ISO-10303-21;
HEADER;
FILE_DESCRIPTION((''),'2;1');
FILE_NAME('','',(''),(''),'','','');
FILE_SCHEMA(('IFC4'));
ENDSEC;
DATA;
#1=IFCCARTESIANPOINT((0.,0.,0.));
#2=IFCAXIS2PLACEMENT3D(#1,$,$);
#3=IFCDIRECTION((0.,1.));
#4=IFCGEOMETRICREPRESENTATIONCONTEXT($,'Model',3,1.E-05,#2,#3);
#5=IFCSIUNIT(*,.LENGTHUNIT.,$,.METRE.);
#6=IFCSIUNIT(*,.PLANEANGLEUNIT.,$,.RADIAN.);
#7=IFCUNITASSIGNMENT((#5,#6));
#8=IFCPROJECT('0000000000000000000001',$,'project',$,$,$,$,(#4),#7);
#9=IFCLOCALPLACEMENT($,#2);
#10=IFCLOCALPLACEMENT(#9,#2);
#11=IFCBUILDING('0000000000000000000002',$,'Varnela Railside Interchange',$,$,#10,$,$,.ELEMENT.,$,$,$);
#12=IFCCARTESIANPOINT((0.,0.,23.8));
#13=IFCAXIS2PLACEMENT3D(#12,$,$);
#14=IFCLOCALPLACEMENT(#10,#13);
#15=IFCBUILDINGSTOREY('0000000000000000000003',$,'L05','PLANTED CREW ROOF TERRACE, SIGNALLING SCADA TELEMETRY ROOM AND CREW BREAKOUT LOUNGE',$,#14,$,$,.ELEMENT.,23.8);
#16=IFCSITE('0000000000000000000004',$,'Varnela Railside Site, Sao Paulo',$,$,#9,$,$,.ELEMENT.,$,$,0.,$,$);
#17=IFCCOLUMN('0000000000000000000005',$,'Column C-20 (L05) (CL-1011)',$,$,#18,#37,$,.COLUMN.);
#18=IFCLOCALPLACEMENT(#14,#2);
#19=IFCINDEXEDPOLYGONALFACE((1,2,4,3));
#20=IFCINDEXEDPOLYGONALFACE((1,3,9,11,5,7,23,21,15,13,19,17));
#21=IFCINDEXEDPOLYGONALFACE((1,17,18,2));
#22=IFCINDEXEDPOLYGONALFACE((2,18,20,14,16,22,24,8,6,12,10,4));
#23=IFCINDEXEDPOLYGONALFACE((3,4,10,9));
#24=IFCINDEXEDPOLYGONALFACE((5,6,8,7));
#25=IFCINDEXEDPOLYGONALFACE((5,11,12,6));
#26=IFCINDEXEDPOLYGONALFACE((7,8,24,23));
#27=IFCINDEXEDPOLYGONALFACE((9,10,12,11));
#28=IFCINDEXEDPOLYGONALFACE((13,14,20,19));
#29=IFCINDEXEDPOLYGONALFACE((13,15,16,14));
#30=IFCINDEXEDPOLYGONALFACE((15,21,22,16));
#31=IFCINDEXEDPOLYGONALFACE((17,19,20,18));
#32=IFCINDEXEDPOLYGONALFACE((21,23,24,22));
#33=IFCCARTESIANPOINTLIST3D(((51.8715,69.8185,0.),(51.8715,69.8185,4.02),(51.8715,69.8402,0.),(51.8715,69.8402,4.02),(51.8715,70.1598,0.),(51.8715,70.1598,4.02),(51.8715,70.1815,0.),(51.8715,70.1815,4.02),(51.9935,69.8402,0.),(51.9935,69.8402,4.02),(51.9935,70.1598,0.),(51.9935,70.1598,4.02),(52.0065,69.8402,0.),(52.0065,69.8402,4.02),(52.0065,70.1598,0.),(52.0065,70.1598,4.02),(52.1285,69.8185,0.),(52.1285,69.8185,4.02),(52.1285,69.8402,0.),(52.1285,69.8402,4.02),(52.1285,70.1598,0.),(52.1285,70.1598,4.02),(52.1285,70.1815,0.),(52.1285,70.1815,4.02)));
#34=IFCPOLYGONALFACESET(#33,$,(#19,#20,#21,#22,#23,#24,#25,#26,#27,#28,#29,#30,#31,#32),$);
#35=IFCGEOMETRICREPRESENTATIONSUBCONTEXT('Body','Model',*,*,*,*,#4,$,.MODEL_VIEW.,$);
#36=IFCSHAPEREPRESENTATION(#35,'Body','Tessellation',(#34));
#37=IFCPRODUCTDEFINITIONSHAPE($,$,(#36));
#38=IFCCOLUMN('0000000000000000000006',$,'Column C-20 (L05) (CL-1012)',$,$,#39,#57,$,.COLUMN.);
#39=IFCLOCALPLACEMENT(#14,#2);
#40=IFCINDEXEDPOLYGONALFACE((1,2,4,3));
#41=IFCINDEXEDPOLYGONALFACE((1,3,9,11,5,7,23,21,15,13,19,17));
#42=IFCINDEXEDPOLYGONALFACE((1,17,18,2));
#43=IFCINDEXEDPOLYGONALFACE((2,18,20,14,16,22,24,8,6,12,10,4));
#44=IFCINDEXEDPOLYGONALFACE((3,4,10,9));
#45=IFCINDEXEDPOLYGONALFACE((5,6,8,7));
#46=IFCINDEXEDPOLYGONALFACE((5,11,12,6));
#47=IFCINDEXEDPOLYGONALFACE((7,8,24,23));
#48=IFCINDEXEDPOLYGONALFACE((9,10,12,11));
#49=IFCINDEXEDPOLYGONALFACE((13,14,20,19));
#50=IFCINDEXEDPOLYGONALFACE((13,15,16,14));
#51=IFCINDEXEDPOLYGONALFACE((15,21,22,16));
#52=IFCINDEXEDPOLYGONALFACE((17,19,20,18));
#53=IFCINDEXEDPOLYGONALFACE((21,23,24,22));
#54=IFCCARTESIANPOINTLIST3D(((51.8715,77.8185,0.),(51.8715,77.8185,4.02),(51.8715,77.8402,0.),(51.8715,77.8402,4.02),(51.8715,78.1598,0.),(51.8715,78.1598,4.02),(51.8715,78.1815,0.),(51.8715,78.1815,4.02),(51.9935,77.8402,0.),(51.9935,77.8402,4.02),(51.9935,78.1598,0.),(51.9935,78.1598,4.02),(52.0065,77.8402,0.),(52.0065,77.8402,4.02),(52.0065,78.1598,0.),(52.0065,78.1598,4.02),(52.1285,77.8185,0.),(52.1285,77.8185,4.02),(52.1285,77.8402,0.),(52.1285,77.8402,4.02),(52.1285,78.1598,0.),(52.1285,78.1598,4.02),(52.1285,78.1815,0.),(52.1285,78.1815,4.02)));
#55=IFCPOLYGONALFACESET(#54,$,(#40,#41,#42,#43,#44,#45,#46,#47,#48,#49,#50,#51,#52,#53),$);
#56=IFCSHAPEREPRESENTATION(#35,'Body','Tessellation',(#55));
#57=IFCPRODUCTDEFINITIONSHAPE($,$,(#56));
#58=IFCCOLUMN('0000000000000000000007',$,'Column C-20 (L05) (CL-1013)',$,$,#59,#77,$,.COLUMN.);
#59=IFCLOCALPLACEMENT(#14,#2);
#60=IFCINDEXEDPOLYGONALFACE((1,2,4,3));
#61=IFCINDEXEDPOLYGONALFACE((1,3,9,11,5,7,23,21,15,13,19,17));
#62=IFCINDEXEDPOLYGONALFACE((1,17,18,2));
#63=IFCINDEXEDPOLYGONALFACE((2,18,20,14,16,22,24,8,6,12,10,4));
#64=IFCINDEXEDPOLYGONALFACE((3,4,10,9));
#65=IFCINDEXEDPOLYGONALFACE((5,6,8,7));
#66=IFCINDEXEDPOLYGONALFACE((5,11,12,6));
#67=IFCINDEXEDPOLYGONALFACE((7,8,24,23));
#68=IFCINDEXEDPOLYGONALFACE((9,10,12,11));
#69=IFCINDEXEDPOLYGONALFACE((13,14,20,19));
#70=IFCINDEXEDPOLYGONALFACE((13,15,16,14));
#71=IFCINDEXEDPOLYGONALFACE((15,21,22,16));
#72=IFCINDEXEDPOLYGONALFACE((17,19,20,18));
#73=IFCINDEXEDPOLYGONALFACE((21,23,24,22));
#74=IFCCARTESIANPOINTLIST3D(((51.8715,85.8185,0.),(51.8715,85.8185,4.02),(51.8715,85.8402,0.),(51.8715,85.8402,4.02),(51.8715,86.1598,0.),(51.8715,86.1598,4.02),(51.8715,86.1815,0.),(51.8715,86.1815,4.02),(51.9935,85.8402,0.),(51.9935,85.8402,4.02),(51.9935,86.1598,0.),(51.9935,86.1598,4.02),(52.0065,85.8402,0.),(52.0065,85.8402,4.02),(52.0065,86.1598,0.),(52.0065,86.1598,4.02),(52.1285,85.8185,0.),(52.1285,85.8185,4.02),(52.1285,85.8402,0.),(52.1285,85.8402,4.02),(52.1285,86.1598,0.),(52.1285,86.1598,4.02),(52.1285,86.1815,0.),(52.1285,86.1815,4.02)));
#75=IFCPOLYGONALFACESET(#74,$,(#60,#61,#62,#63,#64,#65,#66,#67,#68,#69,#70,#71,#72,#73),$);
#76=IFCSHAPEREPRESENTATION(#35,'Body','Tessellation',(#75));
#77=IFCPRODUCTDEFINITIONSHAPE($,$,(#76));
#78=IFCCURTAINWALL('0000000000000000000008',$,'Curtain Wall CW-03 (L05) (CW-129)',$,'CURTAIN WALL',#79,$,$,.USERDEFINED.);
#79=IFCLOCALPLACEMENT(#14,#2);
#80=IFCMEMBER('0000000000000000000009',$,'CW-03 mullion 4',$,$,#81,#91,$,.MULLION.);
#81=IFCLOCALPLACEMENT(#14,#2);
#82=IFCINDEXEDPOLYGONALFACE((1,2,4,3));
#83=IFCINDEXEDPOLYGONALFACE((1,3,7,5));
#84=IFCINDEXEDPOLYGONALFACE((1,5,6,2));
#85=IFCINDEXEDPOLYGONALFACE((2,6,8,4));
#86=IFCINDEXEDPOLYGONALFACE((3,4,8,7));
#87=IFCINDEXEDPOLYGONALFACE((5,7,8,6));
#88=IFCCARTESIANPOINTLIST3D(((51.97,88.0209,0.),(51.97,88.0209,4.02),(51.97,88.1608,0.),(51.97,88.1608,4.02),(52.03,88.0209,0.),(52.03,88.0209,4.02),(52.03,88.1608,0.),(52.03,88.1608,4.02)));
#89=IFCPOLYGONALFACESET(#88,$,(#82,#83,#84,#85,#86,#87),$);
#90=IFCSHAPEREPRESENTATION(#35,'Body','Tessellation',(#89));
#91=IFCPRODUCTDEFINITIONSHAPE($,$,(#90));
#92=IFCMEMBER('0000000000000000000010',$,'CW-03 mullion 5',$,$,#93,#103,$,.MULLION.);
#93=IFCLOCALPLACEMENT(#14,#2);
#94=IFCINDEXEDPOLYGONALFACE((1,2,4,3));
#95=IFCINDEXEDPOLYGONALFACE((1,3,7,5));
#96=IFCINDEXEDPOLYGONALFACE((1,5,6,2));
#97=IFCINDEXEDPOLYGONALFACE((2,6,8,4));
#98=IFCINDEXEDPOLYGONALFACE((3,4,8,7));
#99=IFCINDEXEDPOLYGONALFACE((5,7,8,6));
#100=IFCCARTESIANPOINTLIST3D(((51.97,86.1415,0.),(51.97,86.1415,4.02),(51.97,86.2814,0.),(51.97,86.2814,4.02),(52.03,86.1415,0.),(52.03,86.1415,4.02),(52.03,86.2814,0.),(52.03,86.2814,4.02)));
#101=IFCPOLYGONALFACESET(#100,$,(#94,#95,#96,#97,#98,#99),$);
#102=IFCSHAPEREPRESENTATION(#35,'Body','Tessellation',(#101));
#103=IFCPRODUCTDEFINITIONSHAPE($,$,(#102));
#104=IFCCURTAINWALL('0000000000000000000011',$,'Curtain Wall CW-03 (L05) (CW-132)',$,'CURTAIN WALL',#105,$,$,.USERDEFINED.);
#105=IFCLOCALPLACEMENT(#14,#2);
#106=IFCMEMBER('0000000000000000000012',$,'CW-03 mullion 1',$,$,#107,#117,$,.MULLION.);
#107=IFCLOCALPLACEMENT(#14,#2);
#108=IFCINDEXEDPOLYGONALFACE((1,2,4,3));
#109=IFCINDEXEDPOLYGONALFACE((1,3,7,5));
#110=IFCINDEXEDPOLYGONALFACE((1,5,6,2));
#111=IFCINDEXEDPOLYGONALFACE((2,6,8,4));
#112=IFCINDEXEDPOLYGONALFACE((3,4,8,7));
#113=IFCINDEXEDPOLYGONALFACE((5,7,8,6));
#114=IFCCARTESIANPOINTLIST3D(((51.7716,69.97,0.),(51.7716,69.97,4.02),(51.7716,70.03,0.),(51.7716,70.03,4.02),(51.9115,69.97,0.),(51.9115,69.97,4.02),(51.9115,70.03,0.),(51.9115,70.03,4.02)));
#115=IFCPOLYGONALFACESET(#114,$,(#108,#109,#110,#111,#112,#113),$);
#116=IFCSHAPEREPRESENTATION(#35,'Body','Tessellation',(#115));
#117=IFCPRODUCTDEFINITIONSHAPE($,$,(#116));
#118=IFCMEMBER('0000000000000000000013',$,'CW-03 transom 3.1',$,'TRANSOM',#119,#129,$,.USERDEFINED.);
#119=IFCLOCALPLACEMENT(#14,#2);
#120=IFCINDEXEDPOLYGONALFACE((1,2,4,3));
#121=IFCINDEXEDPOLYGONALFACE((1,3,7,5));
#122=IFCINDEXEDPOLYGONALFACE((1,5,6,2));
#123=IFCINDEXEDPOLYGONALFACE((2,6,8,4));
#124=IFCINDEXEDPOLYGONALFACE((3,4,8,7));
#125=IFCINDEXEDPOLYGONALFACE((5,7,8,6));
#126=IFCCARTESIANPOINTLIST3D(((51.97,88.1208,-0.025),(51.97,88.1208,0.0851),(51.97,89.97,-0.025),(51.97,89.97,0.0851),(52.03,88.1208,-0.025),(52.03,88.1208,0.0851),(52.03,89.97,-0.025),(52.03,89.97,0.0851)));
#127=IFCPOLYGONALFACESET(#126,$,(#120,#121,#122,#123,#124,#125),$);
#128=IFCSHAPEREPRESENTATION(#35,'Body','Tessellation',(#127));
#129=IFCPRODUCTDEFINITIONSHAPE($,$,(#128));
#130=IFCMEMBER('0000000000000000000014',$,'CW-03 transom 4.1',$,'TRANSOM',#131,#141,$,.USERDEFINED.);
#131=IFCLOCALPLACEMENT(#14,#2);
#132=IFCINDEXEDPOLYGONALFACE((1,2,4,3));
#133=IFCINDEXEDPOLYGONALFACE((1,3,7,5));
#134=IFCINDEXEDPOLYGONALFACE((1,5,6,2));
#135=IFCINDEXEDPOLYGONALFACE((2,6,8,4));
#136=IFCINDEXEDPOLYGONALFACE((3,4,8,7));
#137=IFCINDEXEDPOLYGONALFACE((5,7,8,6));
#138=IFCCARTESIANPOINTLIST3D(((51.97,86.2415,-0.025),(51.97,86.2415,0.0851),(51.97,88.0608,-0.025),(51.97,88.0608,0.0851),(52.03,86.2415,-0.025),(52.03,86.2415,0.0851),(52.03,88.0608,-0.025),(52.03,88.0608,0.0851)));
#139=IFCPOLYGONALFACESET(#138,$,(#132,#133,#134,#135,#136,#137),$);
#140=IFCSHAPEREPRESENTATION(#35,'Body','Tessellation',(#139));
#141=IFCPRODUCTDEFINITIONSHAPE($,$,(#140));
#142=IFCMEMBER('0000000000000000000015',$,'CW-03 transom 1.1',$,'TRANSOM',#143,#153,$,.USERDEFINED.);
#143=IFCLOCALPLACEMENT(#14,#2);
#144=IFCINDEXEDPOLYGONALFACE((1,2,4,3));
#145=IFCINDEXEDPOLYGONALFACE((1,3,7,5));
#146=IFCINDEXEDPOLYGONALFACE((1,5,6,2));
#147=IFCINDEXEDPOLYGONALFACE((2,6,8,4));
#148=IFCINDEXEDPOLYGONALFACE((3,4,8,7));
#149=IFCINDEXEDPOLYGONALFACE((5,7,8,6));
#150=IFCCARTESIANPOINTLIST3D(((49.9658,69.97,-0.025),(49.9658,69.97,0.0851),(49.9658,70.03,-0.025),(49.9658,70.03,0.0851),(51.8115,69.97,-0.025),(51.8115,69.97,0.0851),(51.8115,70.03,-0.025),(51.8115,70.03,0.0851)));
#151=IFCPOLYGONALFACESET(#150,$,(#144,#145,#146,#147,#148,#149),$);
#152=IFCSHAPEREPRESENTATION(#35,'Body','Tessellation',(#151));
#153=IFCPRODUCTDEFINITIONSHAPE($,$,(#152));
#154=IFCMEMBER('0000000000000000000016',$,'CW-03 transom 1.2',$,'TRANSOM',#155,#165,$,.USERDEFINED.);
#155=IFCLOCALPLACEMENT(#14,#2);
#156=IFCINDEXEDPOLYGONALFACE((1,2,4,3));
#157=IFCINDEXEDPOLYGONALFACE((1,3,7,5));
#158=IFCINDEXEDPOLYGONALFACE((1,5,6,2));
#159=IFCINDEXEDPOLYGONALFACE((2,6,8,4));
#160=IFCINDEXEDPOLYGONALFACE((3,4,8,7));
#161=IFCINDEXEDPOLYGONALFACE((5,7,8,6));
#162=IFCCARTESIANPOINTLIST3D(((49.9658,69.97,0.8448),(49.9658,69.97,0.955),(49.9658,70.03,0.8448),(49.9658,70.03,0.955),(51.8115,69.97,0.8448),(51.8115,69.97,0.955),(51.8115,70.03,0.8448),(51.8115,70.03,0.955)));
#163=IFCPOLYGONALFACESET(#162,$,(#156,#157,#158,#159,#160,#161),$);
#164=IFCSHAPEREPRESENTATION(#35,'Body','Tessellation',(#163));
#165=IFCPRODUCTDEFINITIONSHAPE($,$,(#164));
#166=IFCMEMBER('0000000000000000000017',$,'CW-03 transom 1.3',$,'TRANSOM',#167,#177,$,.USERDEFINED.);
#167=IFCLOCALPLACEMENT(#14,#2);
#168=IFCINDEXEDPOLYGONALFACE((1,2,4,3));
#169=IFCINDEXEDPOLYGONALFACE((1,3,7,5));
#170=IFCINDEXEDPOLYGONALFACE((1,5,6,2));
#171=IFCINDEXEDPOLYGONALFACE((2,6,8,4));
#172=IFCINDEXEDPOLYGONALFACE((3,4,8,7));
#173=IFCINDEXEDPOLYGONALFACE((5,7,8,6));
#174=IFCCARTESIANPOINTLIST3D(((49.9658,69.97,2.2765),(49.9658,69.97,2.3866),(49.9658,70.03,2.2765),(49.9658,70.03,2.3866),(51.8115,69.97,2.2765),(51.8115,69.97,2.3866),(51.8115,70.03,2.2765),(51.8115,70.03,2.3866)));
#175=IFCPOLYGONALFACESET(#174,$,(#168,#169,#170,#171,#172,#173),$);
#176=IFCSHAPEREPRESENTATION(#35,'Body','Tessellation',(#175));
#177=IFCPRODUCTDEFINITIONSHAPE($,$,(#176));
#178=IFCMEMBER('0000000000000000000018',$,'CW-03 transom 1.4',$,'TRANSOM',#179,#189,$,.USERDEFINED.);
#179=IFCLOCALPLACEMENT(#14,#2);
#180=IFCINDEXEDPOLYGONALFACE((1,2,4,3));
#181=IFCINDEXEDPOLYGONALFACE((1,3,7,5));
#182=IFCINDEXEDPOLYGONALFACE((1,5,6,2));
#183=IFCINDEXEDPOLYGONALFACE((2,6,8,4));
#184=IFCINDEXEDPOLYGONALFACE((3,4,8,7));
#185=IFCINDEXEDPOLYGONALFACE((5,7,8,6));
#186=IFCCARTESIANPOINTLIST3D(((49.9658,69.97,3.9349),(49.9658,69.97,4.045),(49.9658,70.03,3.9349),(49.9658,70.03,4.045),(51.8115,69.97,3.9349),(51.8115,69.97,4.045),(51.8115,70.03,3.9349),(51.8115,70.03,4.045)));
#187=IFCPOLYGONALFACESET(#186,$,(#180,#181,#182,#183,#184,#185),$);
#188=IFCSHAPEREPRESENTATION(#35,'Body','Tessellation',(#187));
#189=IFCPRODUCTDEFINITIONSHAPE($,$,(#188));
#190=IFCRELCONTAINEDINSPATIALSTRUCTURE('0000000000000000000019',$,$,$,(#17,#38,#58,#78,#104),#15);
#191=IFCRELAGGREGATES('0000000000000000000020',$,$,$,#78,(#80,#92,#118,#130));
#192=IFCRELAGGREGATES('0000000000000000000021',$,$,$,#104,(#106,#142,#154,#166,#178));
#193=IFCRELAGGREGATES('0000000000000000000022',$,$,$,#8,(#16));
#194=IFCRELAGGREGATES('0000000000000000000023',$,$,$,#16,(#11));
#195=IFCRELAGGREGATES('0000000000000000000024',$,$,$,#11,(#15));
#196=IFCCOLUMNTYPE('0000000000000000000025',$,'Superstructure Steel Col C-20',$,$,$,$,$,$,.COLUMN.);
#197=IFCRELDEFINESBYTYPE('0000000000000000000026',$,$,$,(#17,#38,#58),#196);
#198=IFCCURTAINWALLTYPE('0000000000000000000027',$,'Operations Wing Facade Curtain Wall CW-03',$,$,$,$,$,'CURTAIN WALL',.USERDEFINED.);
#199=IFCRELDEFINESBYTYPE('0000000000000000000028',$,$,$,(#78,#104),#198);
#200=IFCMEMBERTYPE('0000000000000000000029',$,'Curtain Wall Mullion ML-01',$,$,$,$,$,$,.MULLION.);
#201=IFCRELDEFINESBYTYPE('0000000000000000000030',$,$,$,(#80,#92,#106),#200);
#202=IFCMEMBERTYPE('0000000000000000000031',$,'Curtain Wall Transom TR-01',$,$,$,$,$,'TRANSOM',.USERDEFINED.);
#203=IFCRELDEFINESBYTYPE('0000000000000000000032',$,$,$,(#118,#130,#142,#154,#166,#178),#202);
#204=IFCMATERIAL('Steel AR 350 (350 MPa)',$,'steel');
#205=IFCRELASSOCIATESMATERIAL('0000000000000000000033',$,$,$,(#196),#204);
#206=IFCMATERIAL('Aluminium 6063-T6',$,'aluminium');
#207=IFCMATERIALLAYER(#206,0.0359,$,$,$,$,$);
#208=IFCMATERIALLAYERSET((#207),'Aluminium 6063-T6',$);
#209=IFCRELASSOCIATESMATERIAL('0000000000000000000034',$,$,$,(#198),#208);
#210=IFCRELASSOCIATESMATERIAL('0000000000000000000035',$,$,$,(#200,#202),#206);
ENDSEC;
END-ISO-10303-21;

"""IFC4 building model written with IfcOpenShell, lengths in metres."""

from ifc_helpers import new_model, si_unit, direction, frame, origin, origin_2d, place, context, subcontext, project, spatial, rectangle, i_section, extrude, material, layer, layer_set, material_profile, profile_set, type_object, element, aggregate, save


model = new_model("IFC4")

# Units and contexts
model_context = context("Model", 3, precision=1e-05, world=origin(), true_north=direction((0.0, 1.0)))
body_context = subcontext(model_context, "Body", "Model", "MODEL_VIEW")
ifc_project = project(units=[si_unit("LENGTHUNIT", "METRE"), si_unit("PLANEANGLEUNIT", "RADIAN")], contexts=[model_context])

# Site, building, storey
site_placement = place(None, origin())
site = spatial("IfcSite", under=ifc_project, at=site_placement, Name="Varnela Railside Site, Sao Paulo", CompositionType="ELEMENT", RefElevation=0.0)
building_placement = place(site_placement, origin())
building = spatial("IfcBuilding", under=site, at=building_placement, Name="Varnela Railside Interchange", CompositionType="ELEMENT")
storey_placement = place(building_placement, frame((0.0, 0.0, 23.8)))
storey = spatial("IfcBuildingStorey", under=building, at=storey_placement, Name="L05", Description="PLANTED CREW ROOF TERRACE, SIGNALLING SCADA TELEMETRY ROOM AND CREW BREAKOUT LOUNGE", CompositionType="ELEMENT", Elevation=23.8)

# Columns
ifc_material_1 = material(Name="Steel AR 350 (350 MPa)", Category="steel")
ifc_material_profile_1 = material_profile(ifc_material_1, i_section(OverallWidth=0.2571, OverallDepth=0.363, WebThickness=0.0129, FlangeThickness=0.0217, at=origin_2d()), Name="W360x122")
ifc_profile_set_1 = profile_set([ifc_material_profile_1], Name="Steel AR 350 (350 MPa)")
column_type = type_object("IfcColumnType", Name="Superstructure Steel Col C-20", PredefinedType="COLUMN", material=ifc_profile_set_1)
for number, where, z_axis, x_axis, name in (
    (1, (52.0, 70.0, 0.0), (0.0, 0.0, 1.0), (1.0, 0.0, 0.0), "Column C-20 (L05) (CL-1011)"),
    (2, (52.0, 78.0, 0.0), (0.0, 0.0, 1.0), (1.0, 0.0, 0.0), "Column C-20 (L05) (CL-1012)"),
    (3, (52.0, 86.0, 0.0), (0.0, 0.0, 1.0), (1.0, 0.0, 0.0), "Column C-20 (L05) (CL-1013)"),
):
    element("IfcColumn", number, at=place(storey_placement, frame(where, z_axis=z_axis, x_axis=x_axis)), inside=storey, type_object=column_type, Name=name, PredefinedType="COLUMN", context=body_context, shape_type="SweptSolid", body=[
        extrude(i_section(OverallWidth=0.2571, OverallDepth=0.363, WebThickness=0.0129, FlangeThickness=0.0217, at=origin_2d()), origin(), (0.0, 0.0, 1.0), 4.02),
    ])

# Curtain wall, members
ifc_material_2 = material(Name="Aluminium 6063-T6", Category="aluminium")
ifc_layer_1 = layer(ifc_material_2, 0.0359)
ifc_layer_set_1 = layer_set([ifc_layer_1], Name="Aluminium 6063-T6")
curtain_wall_type = type_object("IfcCurtainWallType", Name="Operations Wing Facade Curtain Wall CW-03", ElementType="CURTAIN WALL", PredefinedType="USERDEFINED", material=ifc_layer_set_1)
curtain_wall_1_placement = place(storey_placement, origin())
curtain_wall_1 = element("IfcCurtainWall", 4, at=curtain_wall_1_placement, inside=storey, type_object=curtain_wall_type, Name="Curtain Wall CW-03 (L05) (CW-129)", ObjectType="CURTAIN WALL", PredefinedType="USERDEFINED")
ifc_material_profile_2 = material_profile(ifc_material_2, rectangle(XDim=0.0601, YDim=0.1399, at=origin_2d()), Name="ALU 60x140")
ifc_profile_set_2 = profile_set([ifc_material_profile_2], Name="Aluminium 6063-T6")
member_type_1 = type_object("IfcMemberType", Name="Curtain Wall Mullion ML-01", PredefinedType="MULLION", material=ifc_profile_set_2)
member_1_placement = place(storey_placement, frame((52.0, 88.0908, 0.0), z_axis=(0.0, 0.0, 1.0), x_axis=(1.0, 0.0, 0.0)))
member_1 = element("IfcMember", 5, at=member_1_placement, type_object=member_type_1, Name="CW-03 mullion 4", PredefinedType="MULLION", context=body_context, shape_type="SweptSolid", body=[
    extrude(rectangle(XDim=0.0601, YDim=0.1399, at=origin_2d()), origin(), (0.0, 0.0, 1.0), 4.02),
])
member_2_placement = place(storey_placement, frame((52.0, 86.2114, 0.0), z_axis=(0.0, 0.0, 1.0), x_axis=(1.0, 0.0, 0.0)))
member_2 = element("IfcMember", 6, at=member_2_placement, type_object=member_type_1, Name="CW-03 mullion 5", PredefinedType="MULLION", context=body_context, shape_type="SweptSolid", body=[
    extrude(rectangle(XDim=0.0601, YDim=0.1399, at=origin_2d()), origin(), (0.0, 0.0, 1.0), 4.02),
])

# Curtain wall, member
curtain_wall_2_placement = place(storey_placement, origin())
curtain_wall_2 = element("IfcCurtainWall", 7, at=curtain_wall_2_placement, inside=storey, type_object=curtain_wall_type, Name="Curtain Wall CW-03 (L05) (CW-132)", ObjectType="CURTAIN WALL", PredefinedType="USERDEFINED")
member_3_placement = place(storey_placement, frame((51.8416, 70.0, 0.0), z_axis=(0.0, 0.0, 1.0), x_axis=(0.0, -1.0, 0.0)))
member_3 = element("IfcMember", 8, at=member_3_placement, type_object=member_type_1, Name="CW-03 mullion 1", PredefinedType="MULLION", context=body_context, shape_type="SweptSolid", body=[
    extrude(rectangle(XDim=0.0601, YDim=0.1399, at=origin_2d()), origin(), (0.0, 0.0, 1.0), 4.02),
])

# Members
ifc_material_profile_3 = material_profile(ifc_material_2, rectangle(XDim=0.0601, YDim=0.1101, at=origin_2d()), Name="ALU 60x110")
ifc_profile_set_3 = profile_set([ifc_material_profile_3], Name="Aluminium 6063-T6")
member_type_2 = type_object("IfcMemberType", Name="Curtain Wall Transom TR-01", ElementType="TRANSOM", PredefinedType="USERDEFINED", material=ifc_profile_set_3)
member_4_placement = place(storey_placement, frame((52.0, 89.97, 0.03), z_axis=(0.0, -1.0, 0.0), x_axis=(1.0, 0.0, 0.0)))
member_4 = element("IfcMember", 9, at=member_4_placement, type_object=member_type_2, Name="CW-03 transom 3.1", ObjectType="TRANSOM", PredefinedType="USERDEFINED", context=body_context, shape_type="SweptSolid", body=[
    extrude(rectangle(XDim=0.0601, YDim=0.1101, at=origin_2d()), origin(), (0.0, 0.0, 1.0), 1.8491),
])
member_5_placement = place(storey_placement, frame((52.0, 88.0608, 0.03), z_axis=(0.0, -1.0, 0.0), x_axis=(1.0, 0.0, 0.0)))
member_5 = element("IfcMember", 10, at=member_5_placement, type_object=member_type_2, Name="CW-03 transom 4.1", ObjectType="TRANSOM", PredefinedType="USERDEFINED", context=body_context, shape_type="SweptSolid", body=[
    extrude(rectangle(XDim=0.0601, YDim=0.1101, at=origin_2d()), origin(), (0.0, 0.0, 1.0), 1.8193),
])
member_6_placement = place(storey_placement, frame((51.8115, 70.0, 0.03), z_axis=(-1.0, 0.0, 0.0), x_axis=(0.0, -1.0, 0.0)))
member_6 = element("IfcMember", 11, at=member_6_placement, type_object=member_type_2, Name="CW-03 transom 1.1", ObjectType="TRANSOM", PredefinedType="USERDEFINED", context=body_context, shape_type="SweptSolid", body=[
    extrude(rectangle(XDim=0.0601, YDim=0.1101, at=origin_2d()), origin(), (0.0, 0.0, 1.0), 1.8457),
])
member_7_placement = place(storey_placement, frame((51.8115, 70.0, 0.8999), z_axis=(-1.0, 0.0, 0.0), x_axis=(0.0, -1.0, 0.0)))
member_7 = element("IfcMember", 12, at=member_7_placement, type_object=member_type_2, Name="CW-03 transom 1.2", ObjectType="TRANSOM", PredefinedType="USERDEFINED", context=body_context, shape_type="SweptSolid", body=[
    extrude(rectangle(XDim=0.0601, YDim=0.1101, at=origin_2d()), origin(), (0.0, 0.0, 1.0), 1.8457),
])
member_8_placement = place(storey_placement, frame((51.8115, 70.0, 2.3315), z_axis=(-1.0, 0.0, 0.0), x_axis=(0.0, -1.0, 0.0)))
member_8 = element("IfcMember", 13, at=member_8_placement, type_object=member_type_2, Name="CW-03 transom 1.3", ObjectType="TRANSOM", PredefinedType="USERDEFINED", context=body_context, shape_type="SweptSolid", body=[
    extrude(rectangle(XDim=0.0601, YDim=0.1101, at=origin_2d()), origin(), (0.0, 0.0, 1.0), 1.8457),
])
member_9_placement = place(storey_placement, frame((51.8115, 70.0, 3.99), z_axis=(-1.0, 0.0, 0.0), x_axis=(0.0, -1.0, 0.0)))
member_9 = element("IfcMember", 14, at=member_9_placement, type_object=member_type_2, Name="CW-03 transom 1.4", ObjectType="TRANSOM", PredefinedType="USERDEFINED", context=body_context, shape_type="SweptSolid", body=[
    extrude(rectangle(XDim=0.0601, YDim=0.1101, at=origin_2d()), origin(), (0.0, 0.0, 1.0), 1.8457),
])

aggregate(curtain_wall_1, [member_1, member_2, member_4, member_5])
aggregate(curtain_wall_2, [member_3, member_6, member_7, member_8, member_9])

save(model, "model.ifc")
